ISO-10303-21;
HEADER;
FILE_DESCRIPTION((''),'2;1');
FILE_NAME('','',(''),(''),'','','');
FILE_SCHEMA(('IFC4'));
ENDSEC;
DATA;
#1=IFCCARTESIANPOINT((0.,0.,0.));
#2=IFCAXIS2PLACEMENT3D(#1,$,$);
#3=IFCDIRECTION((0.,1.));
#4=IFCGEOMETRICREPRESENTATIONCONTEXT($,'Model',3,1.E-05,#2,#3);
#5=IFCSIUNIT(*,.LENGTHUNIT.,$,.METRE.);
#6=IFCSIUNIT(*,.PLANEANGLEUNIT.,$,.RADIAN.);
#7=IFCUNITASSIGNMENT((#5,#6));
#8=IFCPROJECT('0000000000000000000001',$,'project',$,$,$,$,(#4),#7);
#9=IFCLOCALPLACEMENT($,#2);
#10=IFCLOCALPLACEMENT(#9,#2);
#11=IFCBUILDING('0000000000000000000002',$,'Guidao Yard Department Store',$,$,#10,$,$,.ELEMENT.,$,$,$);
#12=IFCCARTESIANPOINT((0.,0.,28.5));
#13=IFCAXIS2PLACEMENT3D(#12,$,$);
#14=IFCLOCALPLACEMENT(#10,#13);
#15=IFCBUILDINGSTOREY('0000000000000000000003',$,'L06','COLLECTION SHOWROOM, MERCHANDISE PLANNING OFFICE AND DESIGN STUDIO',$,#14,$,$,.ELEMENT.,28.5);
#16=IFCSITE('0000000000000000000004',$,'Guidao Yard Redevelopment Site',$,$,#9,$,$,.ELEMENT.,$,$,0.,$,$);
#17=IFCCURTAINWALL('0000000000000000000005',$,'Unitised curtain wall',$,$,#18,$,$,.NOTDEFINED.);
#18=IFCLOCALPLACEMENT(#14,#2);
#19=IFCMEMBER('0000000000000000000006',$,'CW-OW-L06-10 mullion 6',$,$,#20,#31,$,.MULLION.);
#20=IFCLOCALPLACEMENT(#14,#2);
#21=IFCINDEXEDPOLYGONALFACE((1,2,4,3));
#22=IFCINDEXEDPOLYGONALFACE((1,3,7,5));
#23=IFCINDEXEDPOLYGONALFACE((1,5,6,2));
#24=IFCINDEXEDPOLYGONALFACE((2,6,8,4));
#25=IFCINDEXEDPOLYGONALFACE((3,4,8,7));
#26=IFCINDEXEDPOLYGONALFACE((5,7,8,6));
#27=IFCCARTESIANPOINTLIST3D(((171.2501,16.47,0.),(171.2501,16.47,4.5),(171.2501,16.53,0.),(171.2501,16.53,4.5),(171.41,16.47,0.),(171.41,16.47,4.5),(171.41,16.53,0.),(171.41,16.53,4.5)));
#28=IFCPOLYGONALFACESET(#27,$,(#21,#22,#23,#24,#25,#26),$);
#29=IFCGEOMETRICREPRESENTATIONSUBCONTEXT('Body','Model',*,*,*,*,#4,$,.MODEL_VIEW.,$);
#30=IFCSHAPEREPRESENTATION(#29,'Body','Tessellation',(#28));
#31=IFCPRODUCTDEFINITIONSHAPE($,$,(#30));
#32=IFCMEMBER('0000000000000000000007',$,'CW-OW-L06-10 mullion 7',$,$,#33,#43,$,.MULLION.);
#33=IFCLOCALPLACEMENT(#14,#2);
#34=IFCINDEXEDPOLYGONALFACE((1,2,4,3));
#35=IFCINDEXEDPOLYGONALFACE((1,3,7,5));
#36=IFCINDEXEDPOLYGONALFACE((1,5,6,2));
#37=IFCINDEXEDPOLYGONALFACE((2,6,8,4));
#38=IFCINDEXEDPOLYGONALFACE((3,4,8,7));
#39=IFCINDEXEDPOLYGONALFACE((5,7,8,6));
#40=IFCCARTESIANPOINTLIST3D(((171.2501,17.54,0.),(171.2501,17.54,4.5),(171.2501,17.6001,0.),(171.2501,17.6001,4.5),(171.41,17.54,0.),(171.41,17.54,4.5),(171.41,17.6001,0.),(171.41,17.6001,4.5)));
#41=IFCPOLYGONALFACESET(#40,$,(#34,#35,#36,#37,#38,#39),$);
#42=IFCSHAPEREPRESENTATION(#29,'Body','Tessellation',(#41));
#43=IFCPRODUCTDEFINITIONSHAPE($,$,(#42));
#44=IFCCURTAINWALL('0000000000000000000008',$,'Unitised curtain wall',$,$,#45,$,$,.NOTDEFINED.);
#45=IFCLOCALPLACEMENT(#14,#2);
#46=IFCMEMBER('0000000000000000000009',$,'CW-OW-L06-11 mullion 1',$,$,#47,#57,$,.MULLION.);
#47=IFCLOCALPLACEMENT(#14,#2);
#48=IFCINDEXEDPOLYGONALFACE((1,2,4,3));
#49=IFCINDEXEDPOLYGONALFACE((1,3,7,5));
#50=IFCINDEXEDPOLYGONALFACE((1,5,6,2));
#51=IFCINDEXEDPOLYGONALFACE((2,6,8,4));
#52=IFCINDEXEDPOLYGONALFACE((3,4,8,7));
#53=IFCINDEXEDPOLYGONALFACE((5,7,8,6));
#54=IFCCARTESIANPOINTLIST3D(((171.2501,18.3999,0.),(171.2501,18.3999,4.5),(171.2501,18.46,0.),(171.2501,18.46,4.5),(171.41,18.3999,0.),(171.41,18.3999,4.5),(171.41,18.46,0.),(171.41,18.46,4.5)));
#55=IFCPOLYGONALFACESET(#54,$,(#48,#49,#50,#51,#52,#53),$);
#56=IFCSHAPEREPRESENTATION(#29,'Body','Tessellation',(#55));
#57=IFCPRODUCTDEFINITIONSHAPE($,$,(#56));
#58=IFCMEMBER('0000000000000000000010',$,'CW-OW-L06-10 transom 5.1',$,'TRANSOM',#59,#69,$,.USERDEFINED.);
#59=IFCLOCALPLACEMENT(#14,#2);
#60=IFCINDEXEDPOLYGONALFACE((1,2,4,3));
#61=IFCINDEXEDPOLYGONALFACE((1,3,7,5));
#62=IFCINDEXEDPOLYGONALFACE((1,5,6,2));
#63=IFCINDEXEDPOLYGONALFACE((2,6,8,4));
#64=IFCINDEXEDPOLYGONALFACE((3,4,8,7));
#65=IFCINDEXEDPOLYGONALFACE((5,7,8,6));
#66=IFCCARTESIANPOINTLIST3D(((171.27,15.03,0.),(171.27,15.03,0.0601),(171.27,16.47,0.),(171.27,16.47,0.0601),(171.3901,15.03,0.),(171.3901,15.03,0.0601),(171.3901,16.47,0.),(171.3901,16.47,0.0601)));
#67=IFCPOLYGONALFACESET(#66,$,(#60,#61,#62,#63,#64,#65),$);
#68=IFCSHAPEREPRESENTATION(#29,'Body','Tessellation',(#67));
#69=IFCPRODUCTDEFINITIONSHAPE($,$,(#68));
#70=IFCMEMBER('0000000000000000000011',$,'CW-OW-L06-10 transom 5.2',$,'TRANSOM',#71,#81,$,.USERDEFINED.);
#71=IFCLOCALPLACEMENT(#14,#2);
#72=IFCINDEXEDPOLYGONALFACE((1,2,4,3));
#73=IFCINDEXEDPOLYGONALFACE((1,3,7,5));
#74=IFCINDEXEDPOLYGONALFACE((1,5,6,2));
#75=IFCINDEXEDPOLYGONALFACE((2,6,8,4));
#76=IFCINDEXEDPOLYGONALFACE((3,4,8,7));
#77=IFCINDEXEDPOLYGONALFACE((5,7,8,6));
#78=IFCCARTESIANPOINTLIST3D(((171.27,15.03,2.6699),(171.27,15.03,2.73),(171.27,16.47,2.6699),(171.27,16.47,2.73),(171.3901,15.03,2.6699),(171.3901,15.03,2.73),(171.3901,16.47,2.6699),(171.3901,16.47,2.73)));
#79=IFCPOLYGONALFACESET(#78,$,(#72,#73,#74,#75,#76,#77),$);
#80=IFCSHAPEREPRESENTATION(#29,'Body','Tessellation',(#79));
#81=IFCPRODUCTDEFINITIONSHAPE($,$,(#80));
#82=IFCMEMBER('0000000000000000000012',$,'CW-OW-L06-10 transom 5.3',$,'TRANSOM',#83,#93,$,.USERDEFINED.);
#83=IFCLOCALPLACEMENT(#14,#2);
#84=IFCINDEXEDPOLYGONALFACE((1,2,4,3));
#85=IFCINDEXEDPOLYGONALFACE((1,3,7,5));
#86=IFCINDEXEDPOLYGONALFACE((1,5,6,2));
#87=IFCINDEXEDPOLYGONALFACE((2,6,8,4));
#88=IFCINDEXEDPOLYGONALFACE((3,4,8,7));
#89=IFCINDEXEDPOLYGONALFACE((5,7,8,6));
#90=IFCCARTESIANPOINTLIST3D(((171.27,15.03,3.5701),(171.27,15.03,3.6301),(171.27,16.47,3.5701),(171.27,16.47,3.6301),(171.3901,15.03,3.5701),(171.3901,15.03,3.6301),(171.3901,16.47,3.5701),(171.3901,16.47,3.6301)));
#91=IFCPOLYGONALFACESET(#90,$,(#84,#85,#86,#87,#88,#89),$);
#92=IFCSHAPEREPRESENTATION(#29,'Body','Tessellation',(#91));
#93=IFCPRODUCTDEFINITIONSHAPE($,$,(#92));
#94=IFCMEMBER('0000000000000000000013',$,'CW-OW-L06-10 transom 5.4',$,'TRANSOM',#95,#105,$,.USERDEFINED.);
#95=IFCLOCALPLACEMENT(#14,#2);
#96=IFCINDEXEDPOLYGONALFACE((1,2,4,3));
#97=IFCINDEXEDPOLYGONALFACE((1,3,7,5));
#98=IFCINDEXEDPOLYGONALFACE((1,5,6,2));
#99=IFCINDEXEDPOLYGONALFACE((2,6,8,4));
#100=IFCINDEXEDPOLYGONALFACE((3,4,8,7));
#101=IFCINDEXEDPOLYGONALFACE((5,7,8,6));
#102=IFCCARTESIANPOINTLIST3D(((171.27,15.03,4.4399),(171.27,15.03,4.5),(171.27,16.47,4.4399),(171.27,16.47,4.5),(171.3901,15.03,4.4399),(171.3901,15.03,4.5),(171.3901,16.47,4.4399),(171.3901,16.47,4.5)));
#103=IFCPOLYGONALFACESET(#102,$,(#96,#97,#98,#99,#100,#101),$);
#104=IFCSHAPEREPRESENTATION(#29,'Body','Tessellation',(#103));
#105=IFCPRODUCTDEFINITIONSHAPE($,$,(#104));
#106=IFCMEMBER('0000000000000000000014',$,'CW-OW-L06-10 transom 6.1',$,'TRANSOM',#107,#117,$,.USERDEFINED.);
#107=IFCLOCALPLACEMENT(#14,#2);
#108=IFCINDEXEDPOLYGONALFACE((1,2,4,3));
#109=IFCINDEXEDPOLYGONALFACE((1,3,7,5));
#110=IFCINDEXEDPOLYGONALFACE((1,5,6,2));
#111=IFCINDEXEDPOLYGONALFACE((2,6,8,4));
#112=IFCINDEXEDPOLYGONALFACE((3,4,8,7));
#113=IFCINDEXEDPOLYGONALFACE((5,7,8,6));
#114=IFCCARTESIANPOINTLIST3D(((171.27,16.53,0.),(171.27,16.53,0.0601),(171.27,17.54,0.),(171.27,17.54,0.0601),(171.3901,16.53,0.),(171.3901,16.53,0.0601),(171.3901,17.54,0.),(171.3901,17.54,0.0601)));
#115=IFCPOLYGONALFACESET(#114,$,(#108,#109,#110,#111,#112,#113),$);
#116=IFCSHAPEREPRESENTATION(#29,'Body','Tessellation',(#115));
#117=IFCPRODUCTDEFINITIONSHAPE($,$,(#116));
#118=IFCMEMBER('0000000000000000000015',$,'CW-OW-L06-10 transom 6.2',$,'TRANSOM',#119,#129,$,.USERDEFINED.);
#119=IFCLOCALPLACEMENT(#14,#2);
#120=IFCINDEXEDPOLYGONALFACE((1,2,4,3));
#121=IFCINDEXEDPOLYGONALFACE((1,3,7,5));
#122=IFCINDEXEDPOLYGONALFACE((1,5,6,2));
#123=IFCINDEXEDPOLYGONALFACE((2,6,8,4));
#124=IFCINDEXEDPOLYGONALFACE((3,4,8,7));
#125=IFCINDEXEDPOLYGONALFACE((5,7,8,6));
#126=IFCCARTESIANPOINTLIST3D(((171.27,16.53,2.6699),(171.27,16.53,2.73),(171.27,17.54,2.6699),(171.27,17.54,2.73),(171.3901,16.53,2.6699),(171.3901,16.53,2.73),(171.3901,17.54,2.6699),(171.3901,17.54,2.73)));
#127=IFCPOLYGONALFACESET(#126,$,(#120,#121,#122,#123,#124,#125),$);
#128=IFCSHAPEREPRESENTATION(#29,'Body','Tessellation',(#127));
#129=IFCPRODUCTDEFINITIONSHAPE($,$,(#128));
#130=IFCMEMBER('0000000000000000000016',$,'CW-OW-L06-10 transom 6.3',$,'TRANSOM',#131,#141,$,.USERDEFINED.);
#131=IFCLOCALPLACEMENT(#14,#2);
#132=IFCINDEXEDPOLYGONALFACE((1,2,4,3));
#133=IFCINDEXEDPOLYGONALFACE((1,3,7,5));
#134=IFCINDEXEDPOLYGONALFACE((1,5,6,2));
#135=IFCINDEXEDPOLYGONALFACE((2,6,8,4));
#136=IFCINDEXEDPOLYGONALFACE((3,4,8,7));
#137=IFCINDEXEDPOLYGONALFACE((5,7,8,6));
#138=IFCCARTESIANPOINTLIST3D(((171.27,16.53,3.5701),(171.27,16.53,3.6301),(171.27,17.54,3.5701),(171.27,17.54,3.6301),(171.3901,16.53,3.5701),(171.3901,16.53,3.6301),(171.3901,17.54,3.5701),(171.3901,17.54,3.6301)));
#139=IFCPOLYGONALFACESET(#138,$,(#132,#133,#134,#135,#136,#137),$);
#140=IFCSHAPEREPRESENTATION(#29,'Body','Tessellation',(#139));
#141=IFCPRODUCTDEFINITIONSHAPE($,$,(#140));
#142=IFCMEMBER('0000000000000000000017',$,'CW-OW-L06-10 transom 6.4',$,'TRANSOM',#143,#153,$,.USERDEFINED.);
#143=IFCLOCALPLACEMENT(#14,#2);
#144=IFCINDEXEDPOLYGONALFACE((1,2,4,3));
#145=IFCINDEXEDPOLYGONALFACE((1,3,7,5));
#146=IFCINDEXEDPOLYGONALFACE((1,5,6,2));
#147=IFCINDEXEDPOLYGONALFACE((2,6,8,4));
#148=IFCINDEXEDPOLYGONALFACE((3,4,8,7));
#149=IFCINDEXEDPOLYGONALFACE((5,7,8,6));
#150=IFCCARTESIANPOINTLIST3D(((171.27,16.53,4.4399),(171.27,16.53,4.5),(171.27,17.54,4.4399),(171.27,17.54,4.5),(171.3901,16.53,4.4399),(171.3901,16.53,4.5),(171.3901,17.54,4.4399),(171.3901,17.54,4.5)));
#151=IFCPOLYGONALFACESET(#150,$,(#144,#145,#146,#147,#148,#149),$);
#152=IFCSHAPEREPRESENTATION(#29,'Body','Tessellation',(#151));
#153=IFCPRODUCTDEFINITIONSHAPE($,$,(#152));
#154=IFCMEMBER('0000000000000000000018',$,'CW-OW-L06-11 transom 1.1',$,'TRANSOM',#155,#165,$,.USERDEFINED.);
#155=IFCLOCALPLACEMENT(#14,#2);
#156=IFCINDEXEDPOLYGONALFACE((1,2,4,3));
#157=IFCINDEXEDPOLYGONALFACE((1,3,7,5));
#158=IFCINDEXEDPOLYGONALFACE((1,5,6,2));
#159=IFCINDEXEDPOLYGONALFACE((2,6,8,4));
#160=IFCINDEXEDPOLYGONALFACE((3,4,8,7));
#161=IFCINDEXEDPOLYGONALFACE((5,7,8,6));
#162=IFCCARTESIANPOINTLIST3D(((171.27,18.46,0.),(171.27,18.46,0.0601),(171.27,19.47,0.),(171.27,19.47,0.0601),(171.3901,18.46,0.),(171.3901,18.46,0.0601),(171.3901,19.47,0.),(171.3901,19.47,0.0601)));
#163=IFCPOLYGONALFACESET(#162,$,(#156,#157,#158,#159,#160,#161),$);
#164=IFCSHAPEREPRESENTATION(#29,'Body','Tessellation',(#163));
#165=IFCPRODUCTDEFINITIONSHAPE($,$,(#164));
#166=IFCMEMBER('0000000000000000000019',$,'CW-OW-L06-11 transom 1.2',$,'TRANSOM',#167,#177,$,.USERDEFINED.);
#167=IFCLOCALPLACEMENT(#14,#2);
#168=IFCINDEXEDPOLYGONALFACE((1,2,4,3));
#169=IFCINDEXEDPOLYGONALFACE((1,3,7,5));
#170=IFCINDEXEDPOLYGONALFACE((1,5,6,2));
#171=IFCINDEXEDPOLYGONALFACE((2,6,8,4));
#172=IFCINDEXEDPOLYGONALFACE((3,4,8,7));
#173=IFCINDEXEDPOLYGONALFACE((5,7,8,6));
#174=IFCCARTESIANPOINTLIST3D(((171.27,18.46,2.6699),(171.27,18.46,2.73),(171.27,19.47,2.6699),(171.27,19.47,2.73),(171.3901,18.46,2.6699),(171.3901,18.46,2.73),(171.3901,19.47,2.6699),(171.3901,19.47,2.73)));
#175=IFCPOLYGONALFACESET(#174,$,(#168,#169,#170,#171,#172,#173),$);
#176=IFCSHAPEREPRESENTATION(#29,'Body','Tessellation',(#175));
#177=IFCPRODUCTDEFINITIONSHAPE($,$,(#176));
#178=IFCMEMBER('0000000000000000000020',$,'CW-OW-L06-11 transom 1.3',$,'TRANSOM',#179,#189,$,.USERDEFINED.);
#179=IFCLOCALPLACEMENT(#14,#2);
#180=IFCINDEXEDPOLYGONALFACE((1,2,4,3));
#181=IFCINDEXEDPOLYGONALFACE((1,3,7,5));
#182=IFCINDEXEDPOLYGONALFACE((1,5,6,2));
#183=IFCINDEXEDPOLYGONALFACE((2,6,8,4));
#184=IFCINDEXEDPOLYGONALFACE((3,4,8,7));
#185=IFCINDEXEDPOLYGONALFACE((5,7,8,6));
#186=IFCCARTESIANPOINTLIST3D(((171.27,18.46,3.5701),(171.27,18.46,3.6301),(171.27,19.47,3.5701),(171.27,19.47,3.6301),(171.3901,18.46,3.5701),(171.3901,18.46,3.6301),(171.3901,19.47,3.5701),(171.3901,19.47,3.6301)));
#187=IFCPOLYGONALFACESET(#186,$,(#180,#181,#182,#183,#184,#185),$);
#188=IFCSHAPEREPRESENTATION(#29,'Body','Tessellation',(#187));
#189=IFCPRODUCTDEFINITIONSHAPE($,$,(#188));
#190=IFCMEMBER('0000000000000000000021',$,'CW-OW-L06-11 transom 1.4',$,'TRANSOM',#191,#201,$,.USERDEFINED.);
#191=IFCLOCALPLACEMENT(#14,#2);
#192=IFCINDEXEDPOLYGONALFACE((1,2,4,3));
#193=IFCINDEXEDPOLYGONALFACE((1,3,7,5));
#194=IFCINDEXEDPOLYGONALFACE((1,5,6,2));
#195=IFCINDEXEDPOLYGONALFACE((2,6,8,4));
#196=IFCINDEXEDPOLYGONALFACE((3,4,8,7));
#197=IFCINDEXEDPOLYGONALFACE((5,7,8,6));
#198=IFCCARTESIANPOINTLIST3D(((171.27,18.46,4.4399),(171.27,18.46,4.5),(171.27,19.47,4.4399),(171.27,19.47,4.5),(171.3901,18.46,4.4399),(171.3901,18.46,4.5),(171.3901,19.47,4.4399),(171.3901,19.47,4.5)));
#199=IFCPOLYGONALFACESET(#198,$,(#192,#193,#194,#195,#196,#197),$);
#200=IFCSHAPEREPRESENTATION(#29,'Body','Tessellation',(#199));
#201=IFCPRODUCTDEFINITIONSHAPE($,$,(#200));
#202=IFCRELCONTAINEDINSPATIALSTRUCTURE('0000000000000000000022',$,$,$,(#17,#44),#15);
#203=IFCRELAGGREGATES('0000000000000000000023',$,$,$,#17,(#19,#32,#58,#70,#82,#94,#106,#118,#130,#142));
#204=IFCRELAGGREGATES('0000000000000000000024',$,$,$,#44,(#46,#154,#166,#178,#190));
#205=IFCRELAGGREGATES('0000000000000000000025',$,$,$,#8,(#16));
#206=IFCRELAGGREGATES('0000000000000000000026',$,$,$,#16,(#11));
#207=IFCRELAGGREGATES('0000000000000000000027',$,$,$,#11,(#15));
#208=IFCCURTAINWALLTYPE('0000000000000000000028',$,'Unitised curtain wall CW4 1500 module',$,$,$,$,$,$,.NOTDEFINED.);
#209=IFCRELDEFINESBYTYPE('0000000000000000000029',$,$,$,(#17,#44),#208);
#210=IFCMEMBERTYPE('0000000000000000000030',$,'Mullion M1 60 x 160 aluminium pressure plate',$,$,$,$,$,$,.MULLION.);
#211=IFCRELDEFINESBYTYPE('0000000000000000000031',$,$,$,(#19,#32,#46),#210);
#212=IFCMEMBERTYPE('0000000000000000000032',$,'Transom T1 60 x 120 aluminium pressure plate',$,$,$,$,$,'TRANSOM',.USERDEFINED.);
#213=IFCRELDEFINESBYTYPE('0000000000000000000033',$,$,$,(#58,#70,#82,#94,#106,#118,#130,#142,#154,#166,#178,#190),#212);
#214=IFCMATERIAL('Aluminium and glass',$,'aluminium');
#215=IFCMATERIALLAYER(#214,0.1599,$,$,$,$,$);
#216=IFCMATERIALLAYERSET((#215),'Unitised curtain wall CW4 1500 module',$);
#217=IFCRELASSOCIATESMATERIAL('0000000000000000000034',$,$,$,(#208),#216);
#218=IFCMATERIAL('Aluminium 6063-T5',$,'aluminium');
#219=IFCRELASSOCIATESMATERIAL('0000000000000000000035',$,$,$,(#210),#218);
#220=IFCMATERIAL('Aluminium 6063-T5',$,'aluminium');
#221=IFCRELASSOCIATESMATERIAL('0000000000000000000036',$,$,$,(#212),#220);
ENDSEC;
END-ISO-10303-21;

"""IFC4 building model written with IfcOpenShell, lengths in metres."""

from ifc_helpers import new_model, si_unit, direction, frame, origin, origin_2d, place, context, subcontext, project, spatial, rectangle, extrude, material, layer, layer_set, material_profile, profile_set, type_object, element, aggregate, save


model = new_model("IFC4")

# Units and contexts
model_context = context("Model", 3, precision=1e-05, world=origin(), true_north=direction((0.0, 1.0)))
body_context = subcontext(model_context, "Body", "Model", "MODEL_VIEW")
ifc_project = project(units=[si_unit("LENGTHUNIT", "METRE"), si_unit("PLANEANGLEUNIT", "RADIAN")], contexts=[model_context])

# Site, building, storey
site_placement = place(None, origin())
site = spatial("IfcSite", under=ifc_project, at=site_placement, Name="Guidao Yard Redevelopment Site", CompositionType="ELEMENT", RefElevation=0.0)
building_placement = place(site_placement, origin())
building = spatial("IfcBuilding", under=site, at=building_placement, Name="Guidao Yard Department Store", CompositionType="ELEMENT")
storey_placement = place(building_placement, frame((0.0, 0.0, 28.5)))
storey = spatial("IfcBuildingStorey", under=building, at=storey_placement, Name="L06", Description="COLLECTION SHOWROOM, MERCHANDISE PLANNING OFFICE AND DESIGN STUDIO", CompositionType="ELEMENT", Elevation=28.5)

# Curtain wall, members
ifc_material_1 = material(Name="Aluminium and glass", Category="aluminium")
ifc_layer_1 = layer(ifc_material_1, 0.1599)
ifc_layer_set_1 = layer_set([ifc_layer_1], Name="Unitised curtain wall CW4 1500 module")
curtain_wall_type = type_object("IfcCurtainWallType", Name="Unitised curtain wall CW4 1500 module", PredefinedType="NOTDEFINED", material=ifc_layer_set_1)
curtain_wall_1_placement = place(storey_placement, origin())
curtain_wall_1 = element("IfcCurtainWall", 1, at=curtain_wall_1_placement, inside=storey, type_object=curtain_wall_type, Name="Unitised curtain wall", PredefinedType="NOTDEFINED")
ifc_material_2 = material(Name="Aluminium 6063-T5", Category="aluminium")
ifc_material_profile_1 = material_profile(ifc_material_2, rectangle(XDim=0.0601, YDim=0.1599, at=origin_2d()), Name="Mullion M1 60 x 160 aluminium pressure plate")
ifc_profile_set_1 = profile_set([ifc_material_profile_1], Name="Aluminium 6063-T5")
member_type_1 = type_object("IfcMemberType", Name="Mullion M1 60 x 160 aluminium pressure plate", PredefinedType="MULLION", material=ifc_profile_set_1)
member_1_placement = place(storey_placement, frame((171.3301, 16.5, 0.0), z_axis=(0.0, 0.0, 1.0), x_axis=(0.0, -1.0, 0.0)))
member_1 = element("IfcMember", 2, at=member_1_placement, type_object=member_type_1, Name="CW-OW-L06-10 mullion 6", PredefinedType="MULLION", context=body_context, shape_type="SweptSolid", body=[
    extrude(rectangle(XDim=0.0601, YDim=0.1599, at=origin_2d()), origin(), (0.0, 0.0, 1.0), 4.5),
])
member_2_placement = place(storey_placement, frame((171.3301, 17.5701, 0.0), z_axis=(0.0, 0.0, 1.0), x_axis=(0.0, -1.0, 0.0)))
member_2 = element("IfcMember", 3, at=member_2_placement, type_object=member_type_1, Name="CW-OW-L06-10 mullion 7", PredefinedType="MULLION", context=body_context, shape_type="SweptSolid", body=[
    extrude(rectangle(XDim=0.0601, YDim=0.1599, at=origin_2d()), origin(), (0.0, 0.0, 1.0), 4.5),
])

# Curtain wall, member
curtain_wall_2_placement = place(storey_placement, origin())
curtain_wall_2 = element("IfcCurtainWall", 4, at=curtain_wall_2_placement, inside=storey, type_object=curtain_wall_type, Name="Unitised curtain wall", PredefinedType="NOTDEFINED")
member_3_placement = place(storey_placement, frame((171.3301, 18.4299, 0.0), z_axis=(0.0, 0.0, 1.0), x_axis=(0.0, -1.0, 0.0)))
member_3 = element("IfcMember", 5, at=member_3_placement, type_object=member_type_1, Name="CW-OW-L06-11 mullion 1", PredefinedType="MULLION", context=body_context, shape_type="SweptSolid", body=[
    extrude(rectangle(XDim=0.0601, YDim=0.1599, at=origin_2d()), origin(), (0.0, 0.0, 1.0), 4.5),
])

# Members
ifc_material_3 = material(Name="Aluminium 6063-T5", Category="aluminium")
ifc_material_profile_2 = material_profile(ifc_material_3, rectangle(XDim=0.1201, YDim=0.0601, at=origin_2d()), Name="Transom T1 60 x 120 aluminium pressure plate")
ifc_profile_set_2 = profile_set([ifc_material_profile_2], Name="Aluminium 6063-T5")
member_type_2 = type_object("IfcMemberType", Name="Transom T1 60 x 120 aluminium pressure plate", ElementType="TRANSOM", PredefinedType="USERDEFINED", material=ifc_profile_set_2)
member_4_placement = place(storey_placement, frame((171.3301, 16.47, 0.03), z_axis=(0.0, -1.0, 0.0), x_axis=(1.0, 0.0, 0.0)))
member_4 = element("IfcMember", 6, at=member_4_placement, type_object=member_type_2, Name="CW-OW-L06-10 transom 5.1", ObjectType="TRANSOM", PredefinedType="USERDEFINED", context=body_context, shape_type="SweptSolid", body=[
    extrude(rectangle(XDim=0.1201, YDim=0.0601, at=origin_2d()), origin(), (0.0, 0.0, 1.0), 1.4399),
])
member_5_placement = place(storey_placement, frame((171.3301, 16.47, 2.7), z_axis=(0.0, -1.0, 0.0), x_axis=(1.0, 0.0, 0.0)))
member_5 = element("IfcMember", 7, at=member_5_placement, type_object=member_type_2, Name="CW-OW-L06-10 transom 5.2", ObjectType="TRANSOM", PredefinedType="USERDEFINED", context=body_context, shape_type="SweptSolid", body=[
    extrude(rectangle(XDim=0.1201, YDim=0.0601, at=origin_2d()), origin(), (0.0, 0.0, 1.0), 1.4399),
])
member_6_placement = place(storey_placement, frame((171.3301, 16.47, 3.6001), z_axis=(0.0, -1.0, 0.0), x_axis=(1.0, 0.0, 0.0)))
member_6 = element("IfcMember", 8, at=member_6_placement, type_object=member_type_2, Name="CW-OW-L06-10 transom 5.3", ObjectType="TRANSOM", PredefinedType="USERDEFINED", context=body_context, shape_type="SweptSolid", body=[
    extrude(rectangle(XDim=0.1201, YDim=0.0601, at=origin_2d()), origin(), (0.0, 0.0, 1.0), 1.4399),
])
member_7_placement = place(storey_placement, frame((171.3301, 16.47, 4.47), z_axis=(0.0, -1.0, 0.0), x_axis=(1.0, 0.0, 0.0)))
member_7 = element("IfcMember", 9, at=member_7_placement, type_object=member_type_2, Name="CW-OW-L06-10 transom 5.4", ObjectType="TRANSOM", PredefinedType="USERDEFINED", context=body_context, shape_type="SweptSolid", body=[
    extrude(rectangle(XDim=0.1201, YDim=0.0601, at=origin_2d()), origin(), (0.0, 0.0, 1.0), 1.4399),
])
member_8_placement = place(storey_placement, frame((171.3301, 17.54, 0.03), z_axis=(0.0, -1.0, 0.0), x_axis=(1.0, 0.0, 0.0)))
member_8 = element("IfcMember", 10, at=member_8_placement, type_object=member_type_2, Name="CW-OW-L06-10 transom 6.1", ObjectType="TRANSOM", PredefinedType="USERDEFINED", context=body_context, shape_type="SweptSolid", body=[
    extrude(rectangle(XDim=0.1201, YDim=0.0601, at=origin_2d()), origin(), (0.0, 0.0, 1.0), 1.01),
])
member_9_placement = place(storey_placement, frame((171.3301, 17.54, 2.7), z_axis=(0.0, -1.0, 0.0), x_axis=(1.0, 0.0, 0.0)))
member_9 = element("IfcMember", 11, at=member_9_placement, type_object=member_type_2, Name="CW-OW-L06-10 transom 6.2", ObjectType="TRANSOM", PredefinedType="USERDEFINED", context=body_context, shape_type="SweptSolid", body=[
    extrude(rectangle(XDim=0.1201, YDim=0.0601, at=origin_2d()), origin(), (0.0, 0.0, 1.0), 1.01),
])
member_10_placement = place(storey_placement, frame((171.3301, 17.54, 3.6001), z_axis=(0.0, -1.0, 0.0), x_axis=(1.0, 0.0, 0.0)))
member_10 = element("IfcMember", 12, at=member_10_placement, type_object=member_type_2, Name="CW-OW-L06-10 transom 6.3", ObjectType="TRANSOM", PredefinedType="USERDEFINED", context=body_context, shape_type="SweptSolid", body=[
    extrude(rectangle(XDim=0.1201, YDim=0.0601, at=origin_2d()), origin(), (0.0, 0.0, 1.0), 1.01),
])
member_11_placement = place(storey_placement, frame((171.3301, 17.54, 4.47), z_axis=(0.0, -1.0, 0.0), x_axis=(1.0, 0.0, 0.0)))
member_11 = element("IfcMember", 13, at=member_11_placement, type_object=member_type_2, Name="CW-OW-L06-10 transom 6.4", ObjectType="TRANSOM", PredefinedType="USERDEFINED", context=body_context, shape_type="SweptSolid", body=[
    extrude(rectangle(XDim=0.1201, YDim=0.0601, at=origin_2d()), origin(), (0.0, 0.0, 1.0), 1.01),
])
member_12_placement = place(storey_placement, frame((171.3301, 19.47, 0.03), z_axis=(0.0, -1.0, 0.0), x_axis=(1.0, 0.0, 0.0)))
member_12 = element("IfcMember", 14, at=member_12_placement, type_object=member_type_2, Name="CW-OW-L06-11 transom 1.1", ObjectType="TRANSOM", PredefinedType="USERDEFINED", context=body_context, shape_type="SweptSolid", body=[
    extrude(rectangle(XDim=0.1201, YDim=0.0601, at=origin_2d()), origin(), (0.0, 0.0, 1.0), 1.01),
])
member_13_placement = place(storey_placement, frame((171.3301, 19.47, 2.7), z_axis=(0.0, -1.0, 0.0), x_axis=(1.0, 0.0, 0.0)))
member_13 = element("IfcMember", 15, at=member_13_placement, type_object=member_type_2, Name="CW-OW-L06-11 transom 1.2", ObjectType="TRANSOM", PredefinedType="USERDEFINED", context=body_context, shape_type="SweptSolid", body=[
    extrude(rectangle(XDim=0.1201, YDim=0.0601, at=origin_2d()), origin(), (0.0, 0.0, 1.0), 1.01),
])
member_14_placement = place(storey_placement, frame((171.3301, 19.47, 3.6001), z_axis=(0.0, -1.0, 0.0), x_axis=(1.0, 0.0, 0.0)))
member_14 = element("IfcMember", 16, at=member_14_placement, type_object=member_type_2, Name="CW-OW-L06-11 transom 1.3", ObjectType="TRANSOM", PredefinedType="USERDEFINED", context=body_context, shape_type="SweptSolid", body=[
    extrude(rectangle(XDim=0.1201, YDim=0.0601, at=origin_2d()), origin(), (0.0, 0.0, 1.0), 1.01),
])
member_15_placement = place(storey_placement, frame((171.3301, 19.47, 4.47), z_axis=(0.0, -1.0, 0.0), x_axis=(1.0, 0.0, 0.0)))
member_15 = element("IfcMember", 17, at=member_15_placement, type_object=member_type_2, Name="CW-OW-L06-11 transom 1.4", ObjectType="TRANSOM", PredefinedType="USERDEFINED", context=body_context, shape_type="SweptSolid", body=[
    extrude(rectangle(XDim=0.1201, YDim=0.0601, at=origin_2d()), origin(), (0.0, 0.0, 1.0), 1.01),
])

aggregate(curtain_wall_1, [member_1, member_2, member_4, member_5, member_6, member_7, member_8, member_9, member_10, member_11])
aggregate(curtain_wall_2, [member_3, member_12, member_13, member_14, member_15])

save(model, "model.ifc")
